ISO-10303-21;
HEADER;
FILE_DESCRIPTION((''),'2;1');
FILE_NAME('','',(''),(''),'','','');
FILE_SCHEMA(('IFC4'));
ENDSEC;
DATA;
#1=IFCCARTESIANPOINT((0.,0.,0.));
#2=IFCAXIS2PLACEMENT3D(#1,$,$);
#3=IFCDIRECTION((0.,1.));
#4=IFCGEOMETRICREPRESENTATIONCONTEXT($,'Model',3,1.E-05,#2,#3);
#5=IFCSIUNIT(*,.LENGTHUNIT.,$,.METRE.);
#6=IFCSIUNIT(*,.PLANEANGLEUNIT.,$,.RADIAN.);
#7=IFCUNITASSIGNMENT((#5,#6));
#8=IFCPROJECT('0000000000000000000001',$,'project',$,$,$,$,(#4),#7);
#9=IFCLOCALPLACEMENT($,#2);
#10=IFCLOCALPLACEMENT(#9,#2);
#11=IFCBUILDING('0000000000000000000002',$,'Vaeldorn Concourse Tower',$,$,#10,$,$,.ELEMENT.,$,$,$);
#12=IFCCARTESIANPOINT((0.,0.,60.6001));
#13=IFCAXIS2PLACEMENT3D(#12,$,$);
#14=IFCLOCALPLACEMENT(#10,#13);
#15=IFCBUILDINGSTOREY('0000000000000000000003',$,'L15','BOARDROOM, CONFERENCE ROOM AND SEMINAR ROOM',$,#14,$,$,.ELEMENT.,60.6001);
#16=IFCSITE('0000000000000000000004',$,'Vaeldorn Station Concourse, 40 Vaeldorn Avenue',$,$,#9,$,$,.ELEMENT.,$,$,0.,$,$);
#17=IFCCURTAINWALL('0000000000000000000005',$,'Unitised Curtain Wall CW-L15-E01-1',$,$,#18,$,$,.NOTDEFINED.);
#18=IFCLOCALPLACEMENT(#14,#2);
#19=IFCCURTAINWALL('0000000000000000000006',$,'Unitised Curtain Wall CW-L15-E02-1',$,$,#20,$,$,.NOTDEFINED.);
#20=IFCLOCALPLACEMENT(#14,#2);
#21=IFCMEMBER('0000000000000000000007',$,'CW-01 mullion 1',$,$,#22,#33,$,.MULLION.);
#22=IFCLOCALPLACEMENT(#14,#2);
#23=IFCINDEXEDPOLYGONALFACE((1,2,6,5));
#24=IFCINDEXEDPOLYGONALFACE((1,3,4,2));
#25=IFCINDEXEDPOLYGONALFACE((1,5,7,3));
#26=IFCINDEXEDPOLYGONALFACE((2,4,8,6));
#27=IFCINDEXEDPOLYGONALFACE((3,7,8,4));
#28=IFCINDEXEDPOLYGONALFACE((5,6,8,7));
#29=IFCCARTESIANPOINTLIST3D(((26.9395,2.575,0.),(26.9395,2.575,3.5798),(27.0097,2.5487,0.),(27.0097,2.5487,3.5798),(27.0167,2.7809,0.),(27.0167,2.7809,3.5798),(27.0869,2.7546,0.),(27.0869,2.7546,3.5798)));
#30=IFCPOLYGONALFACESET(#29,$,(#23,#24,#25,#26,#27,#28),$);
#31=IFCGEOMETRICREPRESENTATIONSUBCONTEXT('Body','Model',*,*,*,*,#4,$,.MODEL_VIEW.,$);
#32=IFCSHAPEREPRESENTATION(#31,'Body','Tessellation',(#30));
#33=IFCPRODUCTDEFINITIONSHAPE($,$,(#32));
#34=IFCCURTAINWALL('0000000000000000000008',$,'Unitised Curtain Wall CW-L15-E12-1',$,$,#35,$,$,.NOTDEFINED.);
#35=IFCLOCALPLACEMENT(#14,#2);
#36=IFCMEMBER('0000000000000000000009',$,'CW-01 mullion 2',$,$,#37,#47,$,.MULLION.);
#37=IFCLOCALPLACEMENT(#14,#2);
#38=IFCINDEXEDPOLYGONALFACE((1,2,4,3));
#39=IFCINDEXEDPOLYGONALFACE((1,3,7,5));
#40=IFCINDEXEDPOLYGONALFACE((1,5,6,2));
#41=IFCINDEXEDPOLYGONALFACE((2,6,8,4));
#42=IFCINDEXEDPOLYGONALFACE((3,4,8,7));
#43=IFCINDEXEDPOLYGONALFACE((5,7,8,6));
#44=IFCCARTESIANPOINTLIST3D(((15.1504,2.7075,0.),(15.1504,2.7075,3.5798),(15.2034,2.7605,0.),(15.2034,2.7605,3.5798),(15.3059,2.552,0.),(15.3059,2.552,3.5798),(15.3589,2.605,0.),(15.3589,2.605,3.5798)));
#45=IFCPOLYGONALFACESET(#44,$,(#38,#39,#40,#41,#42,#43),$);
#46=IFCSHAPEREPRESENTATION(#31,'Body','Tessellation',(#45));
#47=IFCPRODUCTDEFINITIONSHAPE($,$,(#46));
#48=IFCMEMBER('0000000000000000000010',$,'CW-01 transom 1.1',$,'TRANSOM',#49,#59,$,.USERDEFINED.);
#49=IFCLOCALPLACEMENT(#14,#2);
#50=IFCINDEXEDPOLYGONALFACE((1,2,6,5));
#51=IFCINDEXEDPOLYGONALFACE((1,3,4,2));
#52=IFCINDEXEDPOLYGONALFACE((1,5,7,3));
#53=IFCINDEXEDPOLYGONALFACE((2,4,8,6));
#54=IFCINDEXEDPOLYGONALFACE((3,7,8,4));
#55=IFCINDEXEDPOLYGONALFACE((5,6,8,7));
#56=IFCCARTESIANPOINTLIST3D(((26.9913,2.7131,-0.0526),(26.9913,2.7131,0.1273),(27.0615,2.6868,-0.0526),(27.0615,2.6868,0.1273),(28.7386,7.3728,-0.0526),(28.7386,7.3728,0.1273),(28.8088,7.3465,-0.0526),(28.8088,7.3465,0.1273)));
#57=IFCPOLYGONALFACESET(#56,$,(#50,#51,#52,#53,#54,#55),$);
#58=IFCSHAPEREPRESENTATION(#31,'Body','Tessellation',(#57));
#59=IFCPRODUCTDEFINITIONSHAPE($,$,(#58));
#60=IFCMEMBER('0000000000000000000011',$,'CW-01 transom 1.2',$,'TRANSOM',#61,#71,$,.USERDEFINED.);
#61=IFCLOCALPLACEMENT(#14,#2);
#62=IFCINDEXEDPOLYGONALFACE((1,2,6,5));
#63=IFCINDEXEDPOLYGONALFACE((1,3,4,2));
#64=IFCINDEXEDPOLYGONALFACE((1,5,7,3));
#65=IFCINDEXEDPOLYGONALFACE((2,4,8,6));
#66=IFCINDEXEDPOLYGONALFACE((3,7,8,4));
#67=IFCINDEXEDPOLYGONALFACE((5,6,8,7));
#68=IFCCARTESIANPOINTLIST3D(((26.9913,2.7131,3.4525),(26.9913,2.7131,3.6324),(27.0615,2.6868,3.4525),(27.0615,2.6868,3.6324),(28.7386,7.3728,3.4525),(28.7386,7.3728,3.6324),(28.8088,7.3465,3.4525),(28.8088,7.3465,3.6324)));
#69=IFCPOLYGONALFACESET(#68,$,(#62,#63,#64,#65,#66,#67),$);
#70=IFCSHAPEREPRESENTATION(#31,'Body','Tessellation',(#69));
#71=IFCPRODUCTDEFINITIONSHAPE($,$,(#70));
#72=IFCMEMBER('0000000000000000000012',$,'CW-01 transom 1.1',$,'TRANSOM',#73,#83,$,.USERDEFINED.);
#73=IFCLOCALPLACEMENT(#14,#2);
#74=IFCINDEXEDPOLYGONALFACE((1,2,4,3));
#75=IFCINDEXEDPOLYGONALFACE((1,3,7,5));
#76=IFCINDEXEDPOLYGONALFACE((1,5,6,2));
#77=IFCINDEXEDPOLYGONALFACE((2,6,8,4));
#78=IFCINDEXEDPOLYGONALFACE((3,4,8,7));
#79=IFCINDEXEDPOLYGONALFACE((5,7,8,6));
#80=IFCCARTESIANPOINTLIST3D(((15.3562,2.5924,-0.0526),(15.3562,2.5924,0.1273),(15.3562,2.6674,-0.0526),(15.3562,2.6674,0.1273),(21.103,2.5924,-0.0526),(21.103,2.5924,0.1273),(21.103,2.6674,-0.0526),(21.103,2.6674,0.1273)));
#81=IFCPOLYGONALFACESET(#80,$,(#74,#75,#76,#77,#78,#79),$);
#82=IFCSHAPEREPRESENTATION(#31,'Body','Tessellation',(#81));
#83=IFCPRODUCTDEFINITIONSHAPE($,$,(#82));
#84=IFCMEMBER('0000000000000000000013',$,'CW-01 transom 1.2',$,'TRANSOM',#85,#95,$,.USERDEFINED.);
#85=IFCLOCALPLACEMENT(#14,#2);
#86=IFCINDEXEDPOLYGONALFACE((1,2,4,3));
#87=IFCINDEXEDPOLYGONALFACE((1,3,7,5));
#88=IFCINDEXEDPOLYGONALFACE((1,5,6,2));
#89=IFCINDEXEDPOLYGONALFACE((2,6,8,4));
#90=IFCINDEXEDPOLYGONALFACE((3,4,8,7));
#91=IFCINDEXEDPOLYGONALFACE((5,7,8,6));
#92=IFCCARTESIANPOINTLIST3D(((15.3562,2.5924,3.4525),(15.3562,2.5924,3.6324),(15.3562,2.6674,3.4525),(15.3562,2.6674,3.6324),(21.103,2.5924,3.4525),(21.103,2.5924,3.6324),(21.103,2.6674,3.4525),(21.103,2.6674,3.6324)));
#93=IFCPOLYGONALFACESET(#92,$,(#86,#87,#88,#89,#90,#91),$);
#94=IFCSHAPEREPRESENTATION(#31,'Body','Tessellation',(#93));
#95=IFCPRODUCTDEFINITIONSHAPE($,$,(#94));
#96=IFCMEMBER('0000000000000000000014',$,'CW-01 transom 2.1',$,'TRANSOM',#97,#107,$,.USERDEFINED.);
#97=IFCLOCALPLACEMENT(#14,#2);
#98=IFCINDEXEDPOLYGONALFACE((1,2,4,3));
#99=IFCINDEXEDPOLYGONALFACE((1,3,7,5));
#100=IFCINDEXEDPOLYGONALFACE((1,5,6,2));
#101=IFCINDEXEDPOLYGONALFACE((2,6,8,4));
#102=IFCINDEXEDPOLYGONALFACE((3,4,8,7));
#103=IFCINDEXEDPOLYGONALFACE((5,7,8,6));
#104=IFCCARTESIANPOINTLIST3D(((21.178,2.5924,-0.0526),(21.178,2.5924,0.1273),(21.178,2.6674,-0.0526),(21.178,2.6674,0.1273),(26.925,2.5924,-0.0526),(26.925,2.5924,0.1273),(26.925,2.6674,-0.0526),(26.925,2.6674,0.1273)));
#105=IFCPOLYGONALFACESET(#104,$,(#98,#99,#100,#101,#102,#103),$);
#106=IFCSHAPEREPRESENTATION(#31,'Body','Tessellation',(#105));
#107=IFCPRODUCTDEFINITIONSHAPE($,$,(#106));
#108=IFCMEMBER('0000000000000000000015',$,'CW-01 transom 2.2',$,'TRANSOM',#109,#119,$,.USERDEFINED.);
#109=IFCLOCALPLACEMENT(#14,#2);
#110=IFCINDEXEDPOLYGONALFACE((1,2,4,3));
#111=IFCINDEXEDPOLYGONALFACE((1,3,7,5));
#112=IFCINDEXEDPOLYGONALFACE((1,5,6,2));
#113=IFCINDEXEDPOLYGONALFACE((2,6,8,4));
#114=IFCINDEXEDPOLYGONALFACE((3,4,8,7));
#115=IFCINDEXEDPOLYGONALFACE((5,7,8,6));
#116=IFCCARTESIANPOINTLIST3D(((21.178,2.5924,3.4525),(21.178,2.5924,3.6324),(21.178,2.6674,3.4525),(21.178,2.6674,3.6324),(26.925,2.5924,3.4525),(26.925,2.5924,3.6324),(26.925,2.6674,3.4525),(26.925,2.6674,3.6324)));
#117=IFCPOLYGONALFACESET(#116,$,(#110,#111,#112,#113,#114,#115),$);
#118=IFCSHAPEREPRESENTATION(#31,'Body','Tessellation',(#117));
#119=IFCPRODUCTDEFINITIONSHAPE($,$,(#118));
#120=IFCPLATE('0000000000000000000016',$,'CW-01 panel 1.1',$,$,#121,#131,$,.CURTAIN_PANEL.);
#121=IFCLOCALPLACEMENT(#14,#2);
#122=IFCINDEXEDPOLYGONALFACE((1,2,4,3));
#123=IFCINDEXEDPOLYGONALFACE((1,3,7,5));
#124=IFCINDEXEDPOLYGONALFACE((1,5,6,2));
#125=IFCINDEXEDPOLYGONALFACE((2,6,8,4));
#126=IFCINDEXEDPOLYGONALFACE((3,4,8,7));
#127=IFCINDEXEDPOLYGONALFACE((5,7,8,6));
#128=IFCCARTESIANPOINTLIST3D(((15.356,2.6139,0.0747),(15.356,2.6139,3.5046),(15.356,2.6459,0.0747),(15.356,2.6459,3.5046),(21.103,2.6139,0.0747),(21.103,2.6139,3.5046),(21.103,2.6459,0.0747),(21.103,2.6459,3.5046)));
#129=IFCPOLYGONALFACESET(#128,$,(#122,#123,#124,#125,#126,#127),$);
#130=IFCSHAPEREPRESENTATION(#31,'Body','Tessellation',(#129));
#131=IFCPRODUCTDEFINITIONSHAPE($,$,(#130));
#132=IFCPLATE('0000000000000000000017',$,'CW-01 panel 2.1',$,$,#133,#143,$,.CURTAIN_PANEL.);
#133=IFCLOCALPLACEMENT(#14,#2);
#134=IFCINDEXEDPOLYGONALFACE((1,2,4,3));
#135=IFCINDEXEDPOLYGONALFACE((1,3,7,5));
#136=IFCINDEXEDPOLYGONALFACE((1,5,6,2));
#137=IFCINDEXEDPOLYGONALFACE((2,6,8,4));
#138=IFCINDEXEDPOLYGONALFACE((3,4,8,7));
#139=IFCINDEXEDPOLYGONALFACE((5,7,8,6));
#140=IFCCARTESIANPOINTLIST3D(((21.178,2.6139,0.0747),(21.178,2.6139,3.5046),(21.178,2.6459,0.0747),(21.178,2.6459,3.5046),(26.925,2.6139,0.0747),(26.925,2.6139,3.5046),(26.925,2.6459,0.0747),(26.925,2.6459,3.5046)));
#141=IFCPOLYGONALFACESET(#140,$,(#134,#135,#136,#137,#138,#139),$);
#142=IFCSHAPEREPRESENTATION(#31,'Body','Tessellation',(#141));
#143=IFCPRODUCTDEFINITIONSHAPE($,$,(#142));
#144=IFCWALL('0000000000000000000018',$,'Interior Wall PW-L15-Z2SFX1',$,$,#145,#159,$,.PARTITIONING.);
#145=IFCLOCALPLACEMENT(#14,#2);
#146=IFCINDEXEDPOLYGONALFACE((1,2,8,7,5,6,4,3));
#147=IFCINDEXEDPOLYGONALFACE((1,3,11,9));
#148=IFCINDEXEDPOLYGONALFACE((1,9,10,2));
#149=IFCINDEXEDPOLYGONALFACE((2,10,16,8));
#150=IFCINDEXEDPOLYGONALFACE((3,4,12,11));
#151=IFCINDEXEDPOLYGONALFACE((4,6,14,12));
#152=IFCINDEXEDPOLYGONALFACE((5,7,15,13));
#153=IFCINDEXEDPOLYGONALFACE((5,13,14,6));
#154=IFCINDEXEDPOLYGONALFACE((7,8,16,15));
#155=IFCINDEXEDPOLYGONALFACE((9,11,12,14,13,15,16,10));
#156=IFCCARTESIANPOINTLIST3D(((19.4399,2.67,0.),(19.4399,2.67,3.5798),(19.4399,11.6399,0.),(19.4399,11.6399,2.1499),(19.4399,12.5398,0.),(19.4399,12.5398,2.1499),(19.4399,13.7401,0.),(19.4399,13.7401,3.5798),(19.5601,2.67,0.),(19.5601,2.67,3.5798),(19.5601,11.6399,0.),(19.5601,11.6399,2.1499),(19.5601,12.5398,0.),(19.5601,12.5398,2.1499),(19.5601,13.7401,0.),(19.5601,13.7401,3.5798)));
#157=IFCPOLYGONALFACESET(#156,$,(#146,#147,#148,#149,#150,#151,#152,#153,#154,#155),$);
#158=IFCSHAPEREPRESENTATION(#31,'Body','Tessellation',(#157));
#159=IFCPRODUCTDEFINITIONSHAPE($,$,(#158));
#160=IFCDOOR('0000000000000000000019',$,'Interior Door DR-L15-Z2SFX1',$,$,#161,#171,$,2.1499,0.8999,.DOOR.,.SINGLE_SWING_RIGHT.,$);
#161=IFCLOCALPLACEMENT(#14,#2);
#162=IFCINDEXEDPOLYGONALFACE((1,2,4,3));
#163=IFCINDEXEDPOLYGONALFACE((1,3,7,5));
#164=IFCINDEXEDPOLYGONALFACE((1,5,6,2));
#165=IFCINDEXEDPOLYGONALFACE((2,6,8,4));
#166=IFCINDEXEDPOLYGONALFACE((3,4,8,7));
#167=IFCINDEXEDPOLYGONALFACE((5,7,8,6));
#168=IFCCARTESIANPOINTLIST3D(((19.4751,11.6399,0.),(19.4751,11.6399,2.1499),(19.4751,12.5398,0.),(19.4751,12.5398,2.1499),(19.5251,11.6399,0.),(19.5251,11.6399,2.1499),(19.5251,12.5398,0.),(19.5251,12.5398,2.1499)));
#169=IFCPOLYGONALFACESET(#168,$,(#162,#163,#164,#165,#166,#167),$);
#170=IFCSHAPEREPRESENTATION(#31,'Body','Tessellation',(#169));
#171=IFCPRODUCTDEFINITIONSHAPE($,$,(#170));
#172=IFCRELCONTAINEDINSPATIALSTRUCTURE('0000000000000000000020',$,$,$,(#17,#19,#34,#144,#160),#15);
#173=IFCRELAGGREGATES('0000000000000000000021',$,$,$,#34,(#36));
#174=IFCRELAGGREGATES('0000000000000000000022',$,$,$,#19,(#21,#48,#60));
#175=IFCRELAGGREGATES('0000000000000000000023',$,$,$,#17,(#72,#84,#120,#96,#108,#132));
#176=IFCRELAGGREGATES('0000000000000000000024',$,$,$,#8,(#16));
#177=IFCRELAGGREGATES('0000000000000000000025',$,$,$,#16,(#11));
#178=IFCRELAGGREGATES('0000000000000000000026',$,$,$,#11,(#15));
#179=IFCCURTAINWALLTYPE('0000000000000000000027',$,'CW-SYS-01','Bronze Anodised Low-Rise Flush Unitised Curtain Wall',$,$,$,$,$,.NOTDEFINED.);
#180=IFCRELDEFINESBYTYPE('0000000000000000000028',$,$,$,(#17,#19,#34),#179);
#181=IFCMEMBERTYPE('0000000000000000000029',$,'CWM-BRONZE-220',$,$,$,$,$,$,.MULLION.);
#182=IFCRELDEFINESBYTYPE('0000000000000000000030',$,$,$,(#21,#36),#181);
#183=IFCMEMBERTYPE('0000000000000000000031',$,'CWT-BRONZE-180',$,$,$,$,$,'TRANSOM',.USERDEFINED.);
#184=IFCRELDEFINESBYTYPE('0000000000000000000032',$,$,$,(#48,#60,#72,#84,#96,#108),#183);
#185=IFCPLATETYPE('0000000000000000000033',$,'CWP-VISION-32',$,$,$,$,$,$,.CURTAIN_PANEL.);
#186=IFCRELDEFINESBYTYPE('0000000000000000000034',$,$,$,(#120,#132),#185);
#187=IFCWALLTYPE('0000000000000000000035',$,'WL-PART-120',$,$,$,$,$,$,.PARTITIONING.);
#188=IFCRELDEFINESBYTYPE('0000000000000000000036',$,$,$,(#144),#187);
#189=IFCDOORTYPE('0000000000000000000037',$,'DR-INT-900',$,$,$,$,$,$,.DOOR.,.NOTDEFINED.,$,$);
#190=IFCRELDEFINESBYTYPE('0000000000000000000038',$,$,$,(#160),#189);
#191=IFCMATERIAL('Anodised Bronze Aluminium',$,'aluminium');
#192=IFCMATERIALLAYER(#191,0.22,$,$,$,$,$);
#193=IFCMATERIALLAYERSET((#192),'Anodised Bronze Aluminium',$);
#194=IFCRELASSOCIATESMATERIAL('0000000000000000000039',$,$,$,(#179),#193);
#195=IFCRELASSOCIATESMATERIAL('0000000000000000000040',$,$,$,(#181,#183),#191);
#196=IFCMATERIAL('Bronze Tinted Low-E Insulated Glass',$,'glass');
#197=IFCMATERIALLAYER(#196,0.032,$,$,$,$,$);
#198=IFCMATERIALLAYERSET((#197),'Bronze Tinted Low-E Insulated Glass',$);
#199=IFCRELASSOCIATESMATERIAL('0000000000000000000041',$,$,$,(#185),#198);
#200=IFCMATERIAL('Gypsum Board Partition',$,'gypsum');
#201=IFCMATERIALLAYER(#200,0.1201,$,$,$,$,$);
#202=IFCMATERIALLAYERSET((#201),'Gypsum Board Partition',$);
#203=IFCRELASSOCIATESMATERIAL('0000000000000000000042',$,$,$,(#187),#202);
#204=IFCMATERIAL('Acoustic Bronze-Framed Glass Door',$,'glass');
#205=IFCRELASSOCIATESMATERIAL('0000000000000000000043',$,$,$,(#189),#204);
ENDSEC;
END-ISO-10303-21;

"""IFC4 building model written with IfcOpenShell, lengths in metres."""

from ifc_helpers import new_model, si_unit, direction, frame, frame_2d, origin, origin_2d, place, context, subcontext, project, spatial, rectangle, extrude, source, transform, mapped, material, layer, layer_set, material_profile, profile_set, type_object, element, fill, aggregate, save


model = new_model("IFC4")

# Units and contexts
model_context = context("Model", 3, precision=1e-05, world=origin(), true_north=direction((0.0, 1.0)))
body_context = subcontext(model_context, "Body", "Model", "MODEL_VIEW")
ifc_project = project(units=[si_unit("LENGTHUNIT", "METRE"), si_unit("PLANEANGLEUNIT", "RADIAN")], contexts=[model_context])

# Site, building, storey
site_placement = place(None, origin())
site = spatial("IfcSite", under=ifc_project, at=site_placement, Name="Vaeldorn Station Concourse, 40 Vaeldorn Avenue", CompositionType="ELEMENT", RefElevation=0.0)
building_placement = place(site_placement, origin())
building = spatial("IfcBuilding", under=site, at=building_placement, Name="Vaeldorn Concourse Tower", CompositionType="ELEMENT")
storey_placement = place(building_placement, frame((0.0, 0.0, 60.6001)))
storey = spatial("IfcBuildingStorey", under=building, at=storey_placement, Name="L15", Description="BOARDROOM, CONFERENCE ROOM AND SEMINAR ROOM", CompositionType="ELEMENT", Elevation=60.6001)

# Curtain wall
ifc_material_1 = material(Name="Anodised Bronze Aluminium", Category="aluminium")
ifc_layer_1 = layer(ifc_material_1, 0.22)
ifc_layer_set_1 = layer_set([ifc_layer_1], Name="Anodised Bronze Aluminium")
curtain_wall_type = type_object("IfcCurtainWallType", Name="CW-SYS-01", Description="Bronze Anodised Low-Rise Flush Unitised Curtain Wall", PredefinedType="NOTDEFINED", material=ifc_layer_set_1)
curtain_wall_1_placement = place(storey_placement, origin())
curtain_wall_1 = element("IfcCurtainWall", 1, at=curtain_wall_1_placement, inside=storey, type_object=curtain_wall_type, Name="Unitised Curtain Wall CW-L15-E01-1", PredefinedType="NOTDEFINED")
ifc_material_profile_1 = material_profile(ifc_material_1, rectangle(XDim=0.075, YDim=0.22, at=origin_2d()), Name="CWM 75x220")
ifc_profile_set_1 = profile_set([ifc_material_profile_1], Name="Anodised Bronze Aluminium")
member_type_1 = type_object("IfcMemberType", Name="CWM-BRONZE-220", PredefinedType="MULLION", material=ifc_profile_set_1)
shared_shape_1 = source(origin(), body_context, "Body", "SweptSolid", [
    extrude(rectangle(XDim=0.075, YDim=0.22, at=origin_2d()), origin(), (0.0, 0.0, 1.0), 3.5798),
])

# Curtain walls, members
curtain_wall_2_placement = place(storey_placement, origin())
curtain_wall_2 = element("IfcCurtainWall", 2, at=curtain_wall_2_placement, inside=storey, type_object=curtain_wall_type, Name="Unitised Curtain Wall CW-L15-E02-1", PredefinedType="NOTDEFINED")
member_1_placement = place(storey_placement, frame((27.0132, 2.6648, 0.0), z_axis=(0.0, 0.0, 1.0), x_axis=(-0.936329, 0.351123, 0.0)))
member_1 = element("IfcMember", 3, at=member_1_placement, type_object=member_type_1, Name="CW-01 mullion 1", PredefinedType="MULLION", context=body_context, shape_type="MappedRepresentation", body=[
    mapped(shared_shape_1, transform((0.0, 0.0, 0.0), scale=1.0)),
])
curtain_wall_3_placement = place(storey_placement, origin())
curtain_wall_3 = element("IfcCurtainWall", 4, at=curtain_wall_3_placement, inside=storey, type_object=curtain_wall_type, Name="Unitised Curtain Wall CW-L15-E12-1", PredefinedType="NOTDEFINED")
member_2_placement = place(storey_placement, frame((15.2546, 2.6562, 0.0), z_axis=(0.0, 0.0, 1.0), x_axis=(0.707107, 0.707107, 0.0)))
member_2 = element("IfcMember", 5, at=member_2_placement, type_object=member_type_1, Name="CW-01 mullion 2", PredefinedType="MULLION", context=body_context, shape_type="MappedRepresentation", body=[
    mapped(shared_shape_1, transform((0.0, 0.0, 0.0), scale=1.0)),
])
aggregate(curtain_wall_3, [member_2])

# Members
ifc_material_profile_2 = material_profile(ifc_material_1, rectangle(XDim=0.075, YDim=0.1799, at=origin_2d()), Name="CWT 75x180")
ifc_profile_set_2 = profile_set([ifc_material_profile_2], Name="Anodised Bronze Aluminium")
member_type_2 = type_object("IfcMemberType", Name="CWT-BRONZE-180", ElementType="TRANSOM", PredefinedType="USERDEFINED", material=ifc_profile_set_2)
shared_shape_2 = source(origin(), body_context, "Body", "SweptSolid", [
    extrude(rectangle(XDim=0.075, YDim=0.1799, at=origin_2d()), origin(), (0.0, 0.0, 1.0), 4.9766),
])
member_3_placement = place(storey_placement, frame((27.0264, 2.7, 0.0374), z_axis=(0.351113, 0.936333, 0.0), x_axis=(-0.936333, 0.351113, 0.0)))
member_3 = element("IfcMember", 6, at=member_3_placement, type_object=member_type_2, Name="CW-01 transom 1.1", ObjectType="TRANSOM", PredefinedType="USERDEFINED", context=body_context, shape_type="MappedRepresentation", body=[
    mapped(shared_shape_2, transform((0.0, 0.0, 0.0), scale=1.0)),
])
member_4_placement = place(storey_placement, frame((27.0264, 2.7, 3.5425), z_axis=(0.351113, 0.936333, 0.0), x_axis=(-0.936333, 0.351113, 0.0)))
member_4 = element("IfcMember", 7, at=member_4_placement, type_object=member_type_2, Name="CW-01 transom 1.2", ObjectType="TRANSOM", PredefinedType="USERDEFINED", context=body_context, shape_type="MappedRepresentation", body=[
    mapped(shared_shape_2, transform((0.0, 0.0, 0.0), scale=1.0)),
])
aggregate(curtain_wall_2, [member_1, member_3, member_4])
shared_shape_3 = source(origin(), body_context, "Body", "SweptSolid", [
    extrude(rectangle(XDim=0.075, YDim=0.1799, at=origin_2d()), origin(), (0.0, 0.0, 1.0), 5.7468),
])
member_5_placement = place(storey_placement, frame((15.3562, 2.6299, 0.0374), z_axis=(1.0, 0.0, 0.0), x_axis=(0.0, 1.0, 0.0)))
member_5 = element("IfcMember", 8, at=member_5_placement, type_object=member_type_2, Name="CW-01 transom 1.1", ObjectType="TRANSOM", PredefinedType="USERDEFINED", context=body_context, shape_type="MappedRepresentation", body=[
    mapped(shared_shape_3, transform((0.0, 0.0, 0.0), scale=1.0)),
])
member_6_placement = place(storey_placement, frame((15.3562, 2.6299, 3.5425), z_axis=(1.0, 0.0, 0.0), x_axis=(0.0, 1.0, 0.0)))
member_6 = element("IfcMember", 9, at=member_6_placement, type_object=member_type_2, Name="CW-01 transom 1.2", ObjectType="TRANSOM", PredefinedType="USERDEFINED", context=body_context, shape_type="MappedRepresentation", body=[
    mapped(shared_shape_3, transform((0.0, 0.0, 0.0), scale=1.0)),
])
shared_shape_4 = source(origin(), body_context, "Body", "SweptSolid", [
    extrude(rectangle(XDim=0.075, YDim=0.1799, at=origin_2d()), origin(), (0.0, 0.0, 1.0), 5.7471),
])
member_7_placement = place(storey_placement, frame((21.178, 2.6299, 0.0374), z_axis=(1.0, 0.0, 0.0), x_axis=(0.0, 1.0, 0.0)))
member_7 = element("IfcMember", 10, at=member_7_placement, type_object=member_type_2, Name="CW-01 transom 2.1", ObjectType="TRANSOM", PredefinedType="USERDEFINED", context=body_context, shape_type="MappedRepresentation", body=[
    mapped(shared_shape_4, transform((0.0, 0.0, 0.0), scale=1.0)),
])
member_8_placement = place(storey_placement, frame((21.178, 2.6299, 3.5425), z_axis=(1.0, 0.0, 0.0), x_axis=(0.0, 1.0, 0.0)))
member_8 = element("IfcMember", 11, at=member_8_placement, type_object=member_type_2, Name="CW-01 transom 2.2", ObjectType="TRANSOM", PredefinedType="USERDEFINED", context=body_context, shape_type="MappedRepresentation", body=[
    mapped(shared_shape_4, transform((0.0, 0.0, 0.0), scale=1.0)),
])

# Plates
ifc_material_2 = material(Name="Bronze Tinted Low-E Insulated Glass", Category="glass")
ifc_layer_2 = layer(ifc_material_2, 0.032)
ifc_layer_set_2 = layer_set([ifc_layer_2], Name="Bronze Tinted Low-E Insulated Glass")
plate_type = type_object("IfcPlateType", Name="CWP-VISION-32", PredefinedType="CURTAIN_PANEL", material=ifc_layer_set_2)
shared_shape_5 = source(origin(), body_context, "Body", "SweptSolid", [
    extrude(rectangle(XDim=5.7471, YDim=0.032, at=origin_2d()), origin(), (0.0, 0.0, 1.0), 3.4299),
])
plate_1_placement = place(storey_placement, frame((18.2295, 2.6299, 0.0747), z_axis=(0.0, 0.0, 1.0), x_axis=(1.0, 0.0, 0.0)))
plate_1 = element("IfcPlate", 12, at=plate_1_placement, type_object=plate_type, Name="CW-01 panel 1.1", PredefinedType="CURTAIN_PANEL", context=body_context, shape_type="MappedRepresentation", body=[
    mapped(shared_shape_5, transform((0.0, 0.0, 0.0), scale=1.0)),
])
plate_2_placement = place(storey_placement, frame((24.0515, 2.6299, 0.0747), z_axis=(0.0, 0.0, 1.0), x_axis=(1.0, 0.0, 0.0)))
plate_2 = element("IfcPlate", 13, at=plate_2_placement, type_object=plate_type, Name="CW-01 panel 2.1", PredefinedType="CURTAIN_PANEL", context=body_context, shape_type="MappedRepresentation", body=[
    mapped(shared_shape_5, transform((0.0, 0.0, 0.0), scale=1.0)),
])
aggregate(curtain_wall_1, [member_5, member_6, plate_1, member_7, member_8, plate_2])

# Wall, opening, door
ifc_material_3 = material(Name="Gypsum Board Partition", Category="gypsum")
ifc_layer_3 = layer(ifc_material_3, 0.1201)
ifc_layer_set_3 = layer_set([ifc_layer_3], Name="Gypsum Board Partition")
wall_type = type_object("IfcWallType", Name="WL-PART-120", PredefinedType="PARTITIONING", material=ifc_layer_set_3)
wall_placement = place(storey_placement, frame((19.5, 2.6699, 0.0), z_axis=(0.0, 0.0, 1.0), x_axis=(0.0, 1.0, 0.0)))
wall = element("IfcWall", 14, at=wall_placement, inside=storey, type_object=wall_type, Name="Interior Wall PW-L15-Z2SFX1", PredefinedType="PARTITIONING", context=body_context, shape_type="SweptSolid", body=[
    extrude(rectangle(XDim=11.0701, YDim=0.1201, at=frame_2d((5.5352, 0.0))), origin(), (0.0, 0.0, 1.0), 3.5798),
])
opening_placement = place(wall_placement, frame((8.97, 0.0, 0.0)))
opening = element("IfcOpeningElement", 15, at=opening_placement, cuts=wall, PredefinedType="OPENING", context=body_context, shape_type="SweptSolid", body=[
    extrude(rectangle(XDim=0.8999, YDim=2.1499, at=frame_2d((0.45, 1.075))), frame((0.0, 0.0701, 0.0), z_axis=(0.0, -1.0, 0.0), x_axis=(1.0, 0.0, 0.0)), (0.0, 0.0, 1.0), 0.1401),
])
ifc_material_4 = material(Name="Acoustic Bronze-Framed Glass Door", Category="glass")
door_type = type_object("IfcDoorType", Name="DR-INT-900", OperationType="NOTDEFINED", PredefinedType="DOOR", material=ifc_material_4)
shared_shape_6 = source(origin(), body_context, "Body", "SweptSolid", [
    extrude(rectangle(XDim=0.8999, YDim=2.1499, at=frame_2d((0.45, 1.075))), frame((0.0, 0.0249, 0.0), z_axis=(0.0, -1.0, 0.0), x_axis=(1.0, 0.0, 0.0)), (0.0, 0.0, 1.0), 0.05),
])
door_placement = place(opening_placement, origin())
door = element("IfcDoor", 16, at=door_placement, inside=storey, type_object=door_type, Name="Interior Door DR-L15-Z2SFX1", OperationType="SINGLE_SWING_RIGHT", OverallHeight=2.1499, OverallWidth=0.8999, PredefinedType="DOOR", context=body_context, shape_type="MappedRepresentation", body=[
    mapped(shared_shape_6, transform((0.0, 0.0, 0.0), scale=1.0)),
])
fill(opening, door)

save(model, "model.ifc")
